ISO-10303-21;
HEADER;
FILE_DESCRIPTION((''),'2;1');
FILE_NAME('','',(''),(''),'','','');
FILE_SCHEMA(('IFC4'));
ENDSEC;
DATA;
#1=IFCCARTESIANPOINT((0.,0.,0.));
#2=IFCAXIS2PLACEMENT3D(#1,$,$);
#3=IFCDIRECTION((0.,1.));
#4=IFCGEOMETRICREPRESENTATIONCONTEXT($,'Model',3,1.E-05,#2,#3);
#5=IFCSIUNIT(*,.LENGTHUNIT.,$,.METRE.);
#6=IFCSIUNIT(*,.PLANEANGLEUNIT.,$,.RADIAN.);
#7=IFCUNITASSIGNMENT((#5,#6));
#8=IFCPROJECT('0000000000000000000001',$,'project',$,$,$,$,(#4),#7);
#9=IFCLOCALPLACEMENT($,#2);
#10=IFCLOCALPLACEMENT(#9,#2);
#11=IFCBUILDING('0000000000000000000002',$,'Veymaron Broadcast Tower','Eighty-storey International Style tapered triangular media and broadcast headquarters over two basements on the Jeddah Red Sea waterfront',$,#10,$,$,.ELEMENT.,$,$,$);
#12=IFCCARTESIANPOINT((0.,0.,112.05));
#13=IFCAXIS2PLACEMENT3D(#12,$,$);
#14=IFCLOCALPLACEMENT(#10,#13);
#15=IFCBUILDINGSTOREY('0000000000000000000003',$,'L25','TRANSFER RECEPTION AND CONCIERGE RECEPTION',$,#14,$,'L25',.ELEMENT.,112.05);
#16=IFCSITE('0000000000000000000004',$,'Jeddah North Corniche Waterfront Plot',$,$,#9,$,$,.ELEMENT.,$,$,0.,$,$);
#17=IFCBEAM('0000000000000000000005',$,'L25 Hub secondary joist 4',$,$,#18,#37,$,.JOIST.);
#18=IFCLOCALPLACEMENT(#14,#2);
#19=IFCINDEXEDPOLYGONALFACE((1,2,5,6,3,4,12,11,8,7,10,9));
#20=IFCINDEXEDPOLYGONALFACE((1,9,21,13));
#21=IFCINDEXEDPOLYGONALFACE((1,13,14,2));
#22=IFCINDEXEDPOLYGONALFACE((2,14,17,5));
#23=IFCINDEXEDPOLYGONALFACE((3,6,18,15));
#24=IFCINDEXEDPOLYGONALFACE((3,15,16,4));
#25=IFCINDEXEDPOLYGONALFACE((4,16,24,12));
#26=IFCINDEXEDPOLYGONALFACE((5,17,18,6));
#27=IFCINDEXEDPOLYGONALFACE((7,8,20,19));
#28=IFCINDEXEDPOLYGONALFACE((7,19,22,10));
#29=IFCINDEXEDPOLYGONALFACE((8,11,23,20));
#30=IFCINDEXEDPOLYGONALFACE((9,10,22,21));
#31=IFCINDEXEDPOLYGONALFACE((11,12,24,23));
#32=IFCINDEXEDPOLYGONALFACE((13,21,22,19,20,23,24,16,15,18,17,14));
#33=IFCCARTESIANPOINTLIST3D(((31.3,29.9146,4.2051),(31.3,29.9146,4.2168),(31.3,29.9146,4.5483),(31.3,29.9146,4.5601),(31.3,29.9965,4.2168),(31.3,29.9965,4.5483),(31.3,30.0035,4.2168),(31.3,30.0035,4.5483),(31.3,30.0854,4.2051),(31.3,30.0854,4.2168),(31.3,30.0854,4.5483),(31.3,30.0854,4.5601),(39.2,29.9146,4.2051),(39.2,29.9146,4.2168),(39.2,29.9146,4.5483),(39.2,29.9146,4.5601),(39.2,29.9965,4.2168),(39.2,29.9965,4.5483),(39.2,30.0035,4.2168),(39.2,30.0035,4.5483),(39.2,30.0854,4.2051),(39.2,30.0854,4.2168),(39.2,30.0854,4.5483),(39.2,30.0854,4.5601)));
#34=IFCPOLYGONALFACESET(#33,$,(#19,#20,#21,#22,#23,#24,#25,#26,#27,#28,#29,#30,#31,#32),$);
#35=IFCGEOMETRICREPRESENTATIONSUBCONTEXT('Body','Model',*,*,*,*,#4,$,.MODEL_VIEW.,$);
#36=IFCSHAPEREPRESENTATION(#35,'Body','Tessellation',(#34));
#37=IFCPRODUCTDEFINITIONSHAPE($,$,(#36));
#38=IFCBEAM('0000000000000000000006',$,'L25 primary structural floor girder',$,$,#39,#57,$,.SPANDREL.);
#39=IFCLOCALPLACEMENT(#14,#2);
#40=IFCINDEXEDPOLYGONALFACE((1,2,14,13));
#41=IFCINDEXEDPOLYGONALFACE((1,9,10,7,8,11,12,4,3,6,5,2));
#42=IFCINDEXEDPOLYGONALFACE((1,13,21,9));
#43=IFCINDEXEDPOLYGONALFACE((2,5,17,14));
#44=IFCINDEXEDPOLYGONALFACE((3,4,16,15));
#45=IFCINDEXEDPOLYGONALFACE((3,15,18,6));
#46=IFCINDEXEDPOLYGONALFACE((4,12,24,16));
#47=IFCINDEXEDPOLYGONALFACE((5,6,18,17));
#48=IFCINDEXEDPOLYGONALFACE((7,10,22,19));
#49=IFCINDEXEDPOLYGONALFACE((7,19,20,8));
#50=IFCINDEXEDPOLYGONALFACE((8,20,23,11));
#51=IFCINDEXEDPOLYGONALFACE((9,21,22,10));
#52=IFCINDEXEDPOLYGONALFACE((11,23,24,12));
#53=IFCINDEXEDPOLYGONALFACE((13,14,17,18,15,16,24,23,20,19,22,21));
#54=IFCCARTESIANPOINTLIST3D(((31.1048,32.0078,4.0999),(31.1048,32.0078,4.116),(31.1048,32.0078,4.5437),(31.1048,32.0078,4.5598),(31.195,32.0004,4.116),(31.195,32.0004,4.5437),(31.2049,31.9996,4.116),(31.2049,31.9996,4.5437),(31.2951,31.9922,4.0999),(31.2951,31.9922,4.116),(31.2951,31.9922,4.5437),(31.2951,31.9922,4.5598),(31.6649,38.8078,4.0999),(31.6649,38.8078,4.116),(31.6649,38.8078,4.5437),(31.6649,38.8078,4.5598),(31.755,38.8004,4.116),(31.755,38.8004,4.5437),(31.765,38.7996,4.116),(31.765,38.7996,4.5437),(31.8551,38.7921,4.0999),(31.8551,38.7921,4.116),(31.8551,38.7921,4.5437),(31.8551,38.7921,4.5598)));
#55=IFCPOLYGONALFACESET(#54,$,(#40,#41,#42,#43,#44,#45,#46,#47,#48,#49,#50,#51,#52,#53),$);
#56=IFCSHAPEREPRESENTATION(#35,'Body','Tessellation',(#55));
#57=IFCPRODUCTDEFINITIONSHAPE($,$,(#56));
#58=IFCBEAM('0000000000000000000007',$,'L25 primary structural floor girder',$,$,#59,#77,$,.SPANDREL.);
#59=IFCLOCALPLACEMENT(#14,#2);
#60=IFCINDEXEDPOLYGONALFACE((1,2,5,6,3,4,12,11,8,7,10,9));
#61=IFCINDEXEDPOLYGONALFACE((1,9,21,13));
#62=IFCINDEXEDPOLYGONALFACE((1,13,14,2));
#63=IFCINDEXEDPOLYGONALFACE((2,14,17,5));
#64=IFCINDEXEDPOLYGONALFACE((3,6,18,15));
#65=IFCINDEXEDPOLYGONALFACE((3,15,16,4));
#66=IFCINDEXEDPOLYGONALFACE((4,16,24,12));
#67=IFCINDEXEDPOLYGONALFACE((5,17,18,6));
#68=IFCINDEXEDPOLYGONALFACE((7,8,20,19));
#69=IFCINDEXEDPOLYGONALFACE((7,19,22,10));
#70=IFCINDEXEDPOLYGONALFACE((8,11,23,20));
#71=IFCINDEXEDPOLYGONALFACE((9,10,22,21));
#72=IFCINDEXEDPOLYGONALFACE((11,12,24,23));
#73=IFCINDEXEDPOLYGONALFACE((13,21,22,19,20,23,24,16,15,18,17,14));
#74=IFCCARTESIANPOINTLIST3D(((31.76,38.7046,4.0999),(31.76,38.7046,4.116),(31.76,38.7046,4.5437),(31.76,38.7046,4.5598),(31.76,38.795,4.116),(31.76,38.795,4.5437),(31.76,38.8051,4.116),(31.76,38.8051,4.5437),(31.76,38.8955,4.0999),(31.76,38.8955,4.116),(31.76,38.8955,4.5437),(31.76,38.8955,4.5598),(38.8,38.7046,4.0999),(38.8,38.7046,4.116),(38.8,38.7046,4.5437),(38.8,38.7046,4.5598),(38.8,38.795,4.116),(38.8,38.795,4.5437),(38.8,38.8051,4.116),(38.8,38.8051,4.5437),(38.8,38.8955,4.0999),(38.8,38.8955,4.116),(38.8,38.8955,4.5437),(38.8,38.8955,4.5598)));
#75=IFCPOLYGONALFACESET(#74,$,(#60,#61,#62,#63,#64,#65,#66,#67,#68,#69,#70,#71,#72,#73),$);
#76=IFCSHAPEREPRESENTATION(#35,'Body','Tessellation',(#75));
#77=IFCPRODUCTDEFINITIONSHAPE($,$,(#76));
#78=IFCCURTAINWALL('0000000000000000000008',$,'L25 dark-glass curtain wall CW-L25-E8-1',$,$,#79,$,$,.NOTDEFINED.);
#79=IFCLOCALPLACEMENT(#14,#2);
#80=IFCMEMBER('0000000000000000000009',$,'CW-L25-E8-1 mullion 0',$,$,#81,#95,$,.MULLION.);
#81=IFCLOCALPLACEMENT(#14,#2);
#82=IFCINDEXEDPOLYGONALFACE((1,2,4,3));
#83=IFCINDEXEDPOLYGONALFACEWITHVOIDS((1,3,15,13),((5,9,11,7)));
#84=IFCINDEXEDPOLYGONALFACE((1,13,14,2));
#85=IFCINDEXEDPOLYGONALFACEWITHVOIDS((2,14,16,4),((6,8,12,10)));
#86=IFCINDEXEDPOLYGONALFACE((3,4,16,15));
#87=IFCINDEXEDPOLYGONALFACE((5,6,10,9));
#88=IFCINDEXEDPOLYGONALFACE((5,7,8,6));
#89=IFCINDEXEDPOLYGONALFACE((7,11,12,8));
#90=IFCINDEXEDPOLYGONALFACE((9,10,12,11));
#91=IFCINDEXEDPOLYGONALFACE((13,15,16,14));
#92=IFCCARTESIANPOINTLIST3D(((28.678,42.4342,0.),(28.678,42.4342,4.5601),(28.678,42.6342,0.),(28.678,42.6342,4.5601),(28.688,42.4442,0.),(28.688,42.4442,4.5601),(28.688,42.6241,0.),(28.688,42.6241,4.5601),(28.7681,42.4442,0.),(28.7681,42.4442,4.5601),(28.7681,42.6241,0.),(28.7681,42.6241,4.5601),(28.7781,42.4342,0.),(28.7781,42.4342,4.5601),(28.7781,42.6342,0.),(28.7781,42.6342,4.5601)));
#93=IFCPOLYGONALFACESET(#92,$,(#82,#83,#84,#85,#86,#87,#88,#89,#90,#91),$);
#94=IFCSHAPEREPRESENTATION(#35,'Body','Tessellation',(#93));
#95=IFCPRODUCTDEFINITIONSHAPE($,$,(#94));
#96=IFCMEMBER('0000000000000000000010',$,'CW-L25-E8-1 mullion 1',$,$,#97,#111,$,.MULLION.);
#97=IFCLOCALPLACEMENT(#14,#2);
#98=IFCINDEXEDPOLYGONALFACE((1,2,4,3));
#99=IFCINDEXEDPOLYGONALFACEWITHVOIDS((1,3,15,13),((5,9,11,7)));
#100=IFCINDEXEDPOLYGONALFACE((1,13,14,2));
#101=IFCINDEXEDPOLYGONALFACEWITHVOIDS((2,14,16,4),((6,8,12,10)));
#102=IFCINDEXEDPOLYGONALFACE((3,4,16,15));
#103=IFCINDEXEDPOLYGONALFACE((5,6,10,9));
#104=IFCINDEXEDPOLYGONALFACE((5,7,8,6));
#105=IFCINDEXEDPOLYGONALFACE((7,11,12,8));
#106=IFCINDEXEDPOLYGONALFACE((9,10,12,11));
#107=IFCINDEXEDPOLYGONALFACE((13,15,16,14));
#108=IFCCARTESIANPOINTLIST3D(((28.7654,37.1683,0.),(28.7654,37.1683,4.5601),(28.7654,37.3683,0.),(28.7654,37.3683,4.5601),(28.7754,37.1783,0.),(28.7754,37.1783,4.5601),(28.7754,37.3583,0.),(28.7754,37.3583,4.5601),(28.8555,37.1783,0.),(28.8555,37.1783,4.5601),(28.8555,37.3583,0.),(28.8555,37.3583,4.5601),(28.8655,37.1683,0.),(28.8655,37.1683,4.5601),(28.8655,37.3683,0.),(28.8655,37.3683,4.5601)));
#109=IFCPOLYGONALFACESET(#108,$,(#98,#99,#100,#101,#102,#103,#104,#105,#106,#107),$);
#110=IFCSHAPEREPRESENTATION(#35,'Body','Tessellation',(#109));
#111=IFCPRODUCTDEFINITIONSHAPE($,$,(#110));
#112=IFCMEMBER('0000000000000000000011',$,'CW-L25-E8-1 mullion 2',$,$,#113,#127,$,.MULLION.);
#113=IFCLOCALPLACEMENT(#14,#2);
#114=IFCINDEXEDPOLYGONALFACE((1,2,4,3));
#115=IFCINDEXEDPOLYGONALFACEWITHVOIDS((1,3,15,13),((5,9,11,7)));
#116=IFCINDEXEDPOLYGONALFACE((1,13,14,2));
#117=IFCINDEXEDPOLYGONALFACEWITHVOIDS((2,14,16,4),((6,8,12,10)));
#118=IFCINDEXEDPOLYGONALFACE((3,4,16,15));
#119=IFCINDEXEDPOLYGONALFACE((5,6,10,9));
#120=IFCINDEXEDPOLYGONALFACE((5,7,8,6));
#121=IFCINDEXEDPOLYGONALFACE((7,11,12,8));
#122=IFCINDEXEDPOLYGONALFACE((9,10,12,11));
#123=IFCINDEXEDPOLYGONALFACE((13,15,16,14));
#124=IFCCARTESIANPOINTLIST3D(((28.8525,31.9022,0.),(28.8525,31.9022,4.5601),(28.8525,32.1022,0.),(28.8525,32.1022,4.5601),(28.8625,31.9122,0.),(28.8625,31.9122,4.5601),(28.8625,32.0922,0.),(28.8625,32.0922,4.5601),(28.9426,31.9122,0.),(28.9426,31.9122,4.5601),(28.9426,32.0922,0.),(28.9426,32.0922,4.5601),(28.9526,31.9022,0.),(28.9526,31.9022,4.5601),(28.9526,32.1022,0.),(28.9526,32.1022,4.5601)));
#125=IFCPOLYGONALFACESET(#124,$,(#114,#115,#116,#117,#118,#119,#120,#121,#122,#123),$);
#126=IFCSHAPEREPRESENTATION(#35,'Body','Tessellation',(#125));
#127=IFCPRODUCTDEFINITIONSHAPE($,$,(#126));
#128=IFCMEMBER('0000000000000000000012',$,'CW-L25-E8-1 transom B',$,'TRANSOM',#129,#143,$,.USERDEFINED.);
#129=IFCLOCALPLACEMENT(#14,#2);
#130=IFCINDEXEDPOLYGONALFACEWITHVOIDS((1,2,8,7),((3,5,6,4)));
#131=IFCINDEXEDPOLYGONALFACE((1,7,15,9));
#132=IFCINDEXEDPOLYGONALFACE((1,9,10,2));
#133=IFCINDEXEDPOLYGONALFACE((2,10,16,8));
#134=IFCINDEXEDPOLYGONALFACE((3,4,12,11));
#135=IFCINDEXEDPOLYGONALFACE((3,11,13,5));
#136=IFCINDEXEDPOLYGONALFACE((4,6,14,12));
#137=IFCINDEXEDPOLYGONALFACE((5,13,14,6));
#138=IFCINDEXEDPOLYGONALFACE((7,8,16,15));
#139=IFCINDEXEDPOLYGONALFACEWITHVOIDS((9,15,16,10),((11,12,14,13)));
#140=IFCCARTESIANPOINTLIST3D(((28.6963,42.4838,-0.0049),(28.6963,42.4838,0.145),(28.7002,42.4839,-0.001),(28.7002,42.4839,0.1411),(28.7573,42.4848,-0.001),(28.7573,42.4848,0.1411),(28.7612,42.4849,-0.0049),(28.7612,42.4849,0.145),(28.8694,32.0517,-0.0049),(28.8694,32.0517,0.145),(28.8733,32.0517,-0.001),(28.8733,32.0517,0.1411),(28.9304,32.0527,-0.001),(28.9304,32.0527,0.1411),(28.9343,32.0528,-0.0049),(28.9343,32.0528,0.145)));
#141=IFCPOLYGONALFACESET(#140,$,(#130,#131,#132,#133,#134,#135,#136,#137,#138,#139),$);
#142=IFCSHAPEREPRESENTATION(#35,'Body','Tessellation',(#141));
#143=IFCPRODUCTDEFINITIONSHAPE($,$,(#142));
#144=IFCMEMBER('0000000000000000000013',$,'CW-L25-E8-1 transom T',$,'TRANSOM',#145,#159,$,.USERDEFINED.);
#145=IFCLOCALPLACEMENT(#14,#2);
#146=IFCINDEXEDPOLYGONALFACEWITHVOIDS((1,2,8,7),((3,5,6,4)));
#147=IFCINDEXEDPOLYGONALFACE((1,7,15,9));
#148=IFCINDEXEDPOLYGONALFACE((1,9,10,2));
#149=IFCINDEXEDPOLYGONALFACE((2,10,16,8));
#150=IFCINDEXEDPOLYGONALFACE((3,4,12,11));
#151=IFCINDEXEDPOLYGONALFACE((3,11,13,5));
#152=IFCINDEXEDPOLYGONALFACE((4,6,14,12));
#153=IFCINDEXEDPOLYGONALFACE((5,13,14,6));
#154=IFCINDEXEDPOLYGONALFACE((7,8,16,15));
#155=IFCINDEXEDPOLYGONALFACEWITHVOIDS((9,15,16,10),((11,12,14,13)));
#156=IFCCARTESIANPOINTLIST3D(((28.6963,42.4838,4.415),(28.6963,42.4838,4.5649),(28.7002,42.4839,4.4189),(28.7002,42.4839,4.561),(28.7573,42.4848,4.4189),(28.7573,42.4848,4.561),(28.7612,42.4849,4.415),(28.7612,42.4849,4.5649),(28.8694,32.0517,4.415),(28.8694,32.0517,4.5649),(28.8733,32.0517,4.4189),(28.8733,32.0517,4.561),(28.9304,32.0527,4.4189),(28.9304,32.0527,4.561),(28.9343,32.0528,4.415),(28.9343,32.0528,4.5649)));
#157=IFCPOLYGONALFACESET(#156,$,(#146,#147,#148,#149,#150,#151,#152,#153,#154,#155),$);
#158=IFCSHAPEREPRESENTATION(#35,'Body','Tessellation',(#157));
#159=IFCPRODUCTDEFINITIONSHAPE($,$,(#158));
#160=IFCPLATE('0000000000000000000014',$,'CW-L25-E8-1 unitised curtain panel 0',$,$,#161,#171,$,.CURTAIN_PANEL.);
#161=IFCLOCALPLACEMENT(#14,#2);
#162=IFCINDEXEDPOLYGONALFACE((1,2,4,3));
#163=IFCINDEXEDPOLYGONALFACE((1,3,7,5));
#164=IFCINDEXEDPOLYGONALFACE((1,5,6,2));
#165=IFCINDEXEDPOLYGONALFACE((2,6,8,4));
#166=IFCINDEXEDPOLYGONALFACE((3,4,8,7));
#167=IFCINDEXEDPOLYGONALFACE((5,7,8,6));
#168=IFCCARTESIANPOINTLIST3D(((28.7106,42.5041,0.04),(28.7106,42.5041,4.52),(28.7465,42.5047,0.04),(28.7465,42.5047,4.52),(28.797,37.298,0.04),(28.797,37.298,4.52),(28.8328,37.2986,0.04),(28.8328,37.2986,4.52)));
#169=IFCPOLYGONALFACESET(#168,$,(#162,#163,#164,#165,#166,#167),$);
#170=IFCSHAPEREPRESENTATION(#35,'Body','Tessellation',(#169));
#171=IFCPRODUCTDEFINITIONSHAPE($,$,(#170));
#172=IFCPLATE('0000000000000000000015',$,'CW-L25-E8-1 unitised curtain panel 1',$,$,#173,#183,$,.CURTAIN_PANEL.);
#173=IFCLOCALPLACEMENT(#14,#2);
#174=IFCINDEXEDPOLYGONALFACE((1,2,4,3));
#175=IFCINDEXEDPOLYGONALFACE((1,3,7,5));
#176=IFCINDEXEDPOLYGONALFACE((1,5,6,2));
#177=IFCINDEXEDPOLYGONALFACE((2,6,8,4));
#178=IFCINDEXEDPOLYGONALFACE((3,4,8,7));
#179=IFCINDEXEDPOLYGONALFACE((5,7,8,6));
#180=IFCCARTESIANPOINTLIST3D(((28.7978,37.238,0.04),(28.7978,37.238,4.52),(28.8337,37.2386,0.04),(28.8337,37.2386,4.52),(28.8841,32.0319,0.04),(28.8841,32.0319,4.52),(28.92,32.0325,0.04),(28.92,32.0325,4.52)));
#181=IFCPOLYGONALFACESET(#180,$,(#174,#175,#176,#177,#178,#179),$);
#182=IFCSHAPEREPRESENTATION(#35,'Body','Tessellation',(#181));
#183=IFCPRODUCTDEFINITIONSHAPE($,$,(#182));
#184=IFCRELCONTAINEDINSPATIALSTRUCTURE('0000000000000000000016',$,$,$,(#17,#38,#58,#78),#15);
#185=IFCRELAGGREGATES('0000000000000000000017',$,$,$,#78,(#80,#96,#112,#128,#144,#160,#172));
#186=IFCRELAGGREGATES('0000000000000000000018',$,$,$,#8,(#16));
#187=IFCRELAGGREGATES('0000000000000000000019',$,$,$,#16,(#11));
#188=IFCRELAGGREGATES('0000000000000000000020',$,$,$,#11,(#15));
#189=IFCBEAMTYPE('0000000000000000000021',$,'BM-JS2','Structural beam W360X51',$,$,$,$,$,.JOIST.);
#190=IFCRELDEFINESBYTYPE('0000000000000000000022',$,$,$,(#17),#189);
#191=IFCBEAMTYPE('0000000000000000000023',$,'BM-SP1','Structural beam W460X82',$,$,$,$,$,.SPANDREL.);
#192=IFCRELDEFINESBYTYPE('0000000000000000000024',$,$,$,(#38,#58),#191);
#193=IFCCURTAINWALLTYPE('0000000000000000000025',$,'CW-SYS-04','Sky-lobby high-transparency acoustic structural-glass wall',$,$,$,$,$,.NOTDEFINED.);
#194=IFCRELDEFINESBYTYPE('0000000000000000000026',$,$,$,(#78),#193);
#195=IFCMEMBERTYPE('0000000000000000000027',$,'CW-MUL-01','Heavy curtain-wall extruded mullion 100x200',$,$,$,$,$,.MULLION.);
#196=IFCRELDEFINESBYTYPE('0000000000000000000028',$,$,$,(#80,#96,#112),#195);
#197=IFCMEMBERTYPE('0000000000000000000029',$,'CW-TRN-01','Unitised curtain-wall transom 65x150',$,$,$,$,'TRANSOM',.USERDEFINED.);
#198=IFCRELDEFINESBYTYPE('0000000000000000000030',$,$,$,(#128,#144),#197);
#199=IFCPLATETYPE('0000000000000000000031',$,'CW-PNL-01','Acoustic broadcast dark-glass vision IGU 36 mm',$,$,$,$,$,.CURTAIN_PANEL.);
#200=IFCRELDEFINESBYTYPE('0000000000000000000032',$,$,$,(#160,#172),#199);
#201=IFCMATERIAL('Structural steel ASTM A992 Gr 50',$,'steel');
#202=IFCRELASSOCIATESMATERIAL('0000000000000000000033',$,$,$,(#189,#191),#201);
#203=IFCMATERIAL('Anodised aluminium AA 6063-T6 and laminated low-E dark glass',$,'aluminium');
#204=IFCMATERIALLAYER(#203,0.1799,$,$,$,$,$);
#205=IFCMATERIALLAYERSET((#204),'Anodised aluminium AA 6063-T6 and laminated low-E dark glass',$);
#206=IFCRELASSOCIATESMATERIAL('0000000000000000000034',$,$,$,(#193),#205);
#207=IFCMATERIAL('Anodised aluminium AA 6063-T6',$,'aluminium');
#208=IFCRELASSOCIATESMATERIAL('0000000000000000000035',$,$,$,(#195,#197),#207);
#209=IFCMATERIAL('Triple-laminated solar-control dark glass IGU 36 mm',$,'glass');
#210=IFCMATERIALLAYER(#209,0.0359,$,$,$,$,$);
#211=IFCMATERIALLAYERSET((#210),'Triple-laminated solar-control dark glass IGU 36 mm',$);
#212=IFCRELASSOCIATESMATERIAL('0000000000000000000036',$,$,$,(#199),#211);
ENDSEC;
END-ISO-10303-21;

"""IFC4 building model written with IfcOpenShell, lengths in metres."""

from ifc_helpers import new_model, si_unit, direction, frame, origin, origin_2d, place, context, subcontext, project, spatial, rectangle, hollow_rectangle, i_section, extrude, material, layer, layer_set, material_profile, profile_set, type_object, element, aggregate, save


model = new_model("IFC4")

# Units and contexts
model_context = context("Model", 3, precision=1e-05, world=origin(), true_north=direction((0.0, 1.0)))
body_context = subcontext(model_context, "Body", "Model", "MODEL_VIEW")
ifc_project = project(units=[si_unit("LENGTHUNIT", "METRE"), si_unit("PLANEANGLEUNIT", "RADIAN")], contexts=[model_context])

# Site, building, storey
site_placement = place(None, origin())
site = spatial("IfcSite", under=ifc_project, at=site_placement, Name="Jeddah North Corniche Waterfront Plot", CompositionType="ELEMENT", RefElevation=0.0)
building_placement = place(site_placement, origin())
building = spatial("IfcBuilding", under=site, at=building_placement, Name="Veymaron Broadcast Tower", Description="Eighty-storey International Style tapered triangular media and broadcast headquarters over two basements on the Jeddah Red Sea waterfront", CompositionType="ELEMENT")
storey_placement = place(building_placement, frame((0.0, 0.0, 112.05)))
storey = spatial("IfcBuildingStorey", under=building, at=storey_placement, Name="L25", Description="TRANSFER RECEPTION AND CONCIERGE RECEPTION", LongName="L25", CompositionType="ELEMENT", Elevation=112.05)

# Shared definitions
ifc_material_1 = material(Name="Structural steel ASTM A992 Gr 50", Category="steel")

# Beams
ifc_material_profile_1 = material_profile(ifc_material_1, i_section(OverallWidth=0.1709, OverallDepth=0.355, WebThickness=0.0071, FlangeThickness=0.0117, at=origin_2d()), Name="W360X51")
ifc_profile_set_1 = profile_set([ifc_material_profile_1], Name="Structural steel ASTM A992 Gr 50")
beam_type_1 = type_object("IfcBeamType", Name="BM-JS2", Description="Structural beam W360X51", PredefinedType="JOIST", material=ifc_profile_set_1)
for number, where, z_axis, x_axis, name in (
    (1, (31.3, 30.0, 4.3826), (1.0, 0.0, 0.0), (0.0, 1.0, 0.0), "L25 Hub secondary joist 4"),
):
    element("IfcBeam", number, at=place(storey_placement, frame(where, z_axis=z_axis, x_axis=x_axis)), inside=storey, type_object=beam_type_1, Name=name, PredefinedType="JOIST", context=body_context, shape_type="SweptSolid", body=[
        extrude(i_section(OverallWidth=0.1709, OverallDepth=0.355, WebThickness=0.0071, FlangeThickness=0.0117, at=origin_2d()), origin(), (0.0, 0.0, 1.0), 7.8999),
    ])
ifc_material_profile_2 = material_profile(ifc_material_1, i_section(OverallWidth=0.1909, OverallDepth=0.46, WebThickness=0.01, FlangeThickness=0.0161, at=origin_2d()), Name="W460X82")
ifc_profile_set_2 = profile_set([ifc_material_profile_2], Name="Structural steel ASTM A992 Gr 50")
beam_type_2 = type_object("IfcBeamType", Name="BM-SP1", Description="Structural beam W460X82", PredefinedType="SPANDREL", material=ifc_profile_set_2)
beam_1_placement = place(storey_placement, frame((31.2, 32.0, 4.3298), z_axis=(0.082083, 0.996625, 0.0), x_axis=(-0.996625, 0.082083, 0.0)))
element("IfcBeam", 2, at=beam_1_placement, inside=storey, type_object=beam_type_2, Name="L25 primary structural floor girder", PredefinedType="SPANDREL", context=body_context, shape_type="SweptSolid", body=[
    extrude(i_section(OverallWidth=0.1909, OverallDepth=0.46, WebThickness=0.01, FlangeThickness=0.0161, at=origin_2d()), origin(), (0.0, 0.0, 1.0), 6.823),
])
beam_2_placement = place(storey_placement, frame((31.76, 38.8, 4.3298), z_axis=(1.0, 0.0, 0.0), x_axis=(0.0, 1.0, 0.0)))
element("IfcBeam", 3, at=beam_2_placement, inside=storey, type_object=beam_type_2, Name="L25 primary structural floor girder", PredefinedType="SPANDREL", context=body_context, shape_type="SweptSolid", body=[
    extrude(i_section(OverallWidth=0.1909, OverallDepth=0.46, WebThickness=0.01, FlangeThickness=0.0161, at=origin_2d()), origin(), (0.0, 0.0, 1.0), 7.04),
])

# Curtain wall, members, plates
ifc_material_2 = material(Name="Anodised aluminium AA 6063-T6 and laminated low-E dark glass", Category="aluminium")
ifc_layer_1 = layer(ifc_material_2, 0.1799)
ifc_layer_set_1 = layer_set([ifc_layer_1], Name="Anodised aluminium AA 6063-T6 and laminated low-E dark glass")
curtain_wall_type = type_object("IfcCurtainWallType", Name="CW-SYS-04", Description="Sky-lobby high-transparency acoustic structural-glass wall", PredefinedType="NOTDEFINED", material=ifc_layer_set_1)
curtain_wall_placement = place(storey_placement, origin())
curtain_wall = element("IfcCurtainWall", 4, at=curtain_wall_placement, inside=storey, type_object=curtain_wall_type, Name="L25 dark-glass curtain wall CW-L25-E8-1", PredefinedType="NOTDEFINED")
ifc_material_3 = material(Name="Anodised aluminium AA 6063-T6", Category="aluminium")
ifc_material_profile_3 = material_profile(ifc_material_3, hollow_rectangle(XDim=0.1001, YDim=0.2, WallThickness=0.01, at=origin_2d()), Name="RHS200X100X10")
ifc_profile_set_3 = profile_set([ifc_material_profile_3], Name="Anodised aluminium AA 6063-T6")
member_type_1 = type_object("IfcMemberType", Name="CW-MUL-01", Description="Heavy curtain-wall extruded mullion 100x200", PredefinedType="MULLION", material=ifc_profile_set_3)
member_1_placement = place(storey_placement, frame((28.728, 42.5342, 0.0), z_axis=(0.0, 0.0, 1.0), x_axis=(1.0, 0.0, 0.0)))
member_1 = element("IfcMember", 5, at=member_1_placement, type_object=member_type_1, Name="CW-L25-E8-1 mullion 0", PredefinedType="MULLION", context=body_context, shape_type="SweptSolid", body=[
    extrude(hollow_rectangle(XDim=0.1001, YDim=0.2, WallThickness=0.01, at=origin_2d()), origin(), (0.0, 0.0, 1.0), 4.5601),
])
member_2_placement = place(storey_placement, frame((28.8154, 37.2683, 0.0), z_axis=(0.0, 0.0, 1.0), x_axis=(1.0, 0.0, 0.0)))
member_2 = element("IfcMember", 6, at=member_2_placement, type_object=member_type_1, Name="CW-L25-E8-1 mullion 1", PredefinedType="MULLION", context=body_context, shape_type="SweptSolid", body=[
    extrude(hollow_rectangle(XDim=0.1001, YDim=0.2, WallThickness=0.01, at=origin_2d()), origin(), (0.0, 0.0, 1.0), 4.5601),
])
member_3_placement = place(storey_placement, frame((28.9026, 32.0022, 0.0), z_axis=(0.0, 0.0, 1.0), x_axis=(1.0, 0.0, 0.0)))
member_3 = element("IfcMember", 7, at=member_3_placement, type_object=member_type_1, Name="CW-L25-E8-1 mullion 2", PredefinedType="MULLION", context=body_context, shape_type="SweptSolid", body=[
    extrude(hollow_rectangle(XDim=0.1001, YDim=0.2, WallThickness=0.01, at=origin_2d()), origin(), (0.0, 0.0, 1.0), 4.5601),
])
ifc_material_profile_4 = material_profile(ifc_material_3, hollow_rectangle(XDim=0.0649, YDim=0.1499, WallThickness=0.0039, at=origin_2d()), Name="AL150X65X4")
ifc_profile_set_4 = profile_set([ifc_material_profile_4], Name="Anodised aluminium AA 6063-T6")
member_type_2 = type_object("IfcMemberType", Name="CW-TRN-01", Description="Unitised curtain-wall transom 65x150", ElementType="TRANSOM", PredefinedType="USERDEFINED", material=ifc_profile_set_4)
member_4_placement = place(storey_placement, frame((28.7288, 42.4844, 0.0701), z_axis=(0.01659, -0.999862, 0.0), x_axis=(0.999862, 0.01659, 0.0)))
member_4 = element("IfcMember", 8, at=member_4_placement, type_object=member_type_2, Name="CW-L25-E8-1 transom B", ObjectType="TRANSOM", PredefinedType="USERDEFINED", context=body_context, shape_type="SweptSolid", body=[
    extrude(hollow_rectangle(XDim=0.0649, YDim=0.1499, WallThickness=0.0039, at=origin_2d()), origin(), (0.0, 0.0, 1.0), 10.4336),
])
member_5_placement = place(storey_placement, frame((28.7288, 42.4844, 4.49), z_axis=(0.01659, -0.999862, 0.0), x_axis=(0.999862, 0.01659, 0.0)))
member_5 = element("IfcMember", 9, at=member_5_placement, type_object=member_type_2, Name="CW-L25-E8-1 transom T", ObjectType="TRANSOM", PredefinedType="USERDEFINED", context=body_context, shape_type="SweptSolid", body=[
    extrude(hollow_rectangle(XDim=0.0649, YDim=0.1499, WallThickness=0.0039, at=origin_2d()), origin(), (0.0, 0.0, 1.0), 10.4336),
])
ifc_material_4 = material(Name="Triple-laminated solar-control dark glass IGU 36 mm", Category="glass")
ifc_layer_2 = layer(ifc_material_4, 0.0359)
ifc_layer_set_2 = layer_set([ifc_layer_2], Name="Triple-laminated solar-control dark glass IGU 36 mm")
plate_type = type_object("IfcPlateType", Name="CW-PNL-01", Description="Acoustic broadcast dark-glass vision IGU 36 mm", PredefinedType="CURTAIN_PANEL", material=ifc_layer_set_2)
plate_1_placement = place(storey_placement, frame((28.7717, 39.9014, 0.04), z_axis=(0.0, 0.0, 1.0), x_axis=(0.01658, -0.999863, 0.0)))
plate_1 = element("IfcPlate", 10, at=plate_1_placement, type_object=plate_type, Name="CW-L25-E8-1 unitised curtain panel 0", PredefinedType="CURTAIN_PANEL", context=body_context, shape_type="SweptSolid", body=[
    extrude(rectangle(XDim=5.2068, YDim=0.0359, at=origin_2d()), origin(), (0.0, 0.0, 1.0), 4.48),
])
plate_2_placement = place(storey_placement, frame((28.8589, 34.6353, 0.04), z_axis=(0.0, 0.0, 1.0), x_axis=(0.01658, -0.999863, 0.0)))
plate_2 = element("IfcPlate", 11, at=plate_2_placement, type_object=plate_type, Name="CW-L25-E8-1 unitised curtain panel 1", PredefinedType="CURTAIN_PANEL", context=body_context, shape_type="SweptSolid", body=[
    extrude(rectangle(XDim=5.2068, YDim=0.0359, at=origin_2d()), origin(), (0.0, 0.0, 1.0), 4.48),
])
aggregate(curtain_wall, [member_1, member_2, member_3, member_4, member_5, plate_1, plate_2])

save(model, "model.ifc")
